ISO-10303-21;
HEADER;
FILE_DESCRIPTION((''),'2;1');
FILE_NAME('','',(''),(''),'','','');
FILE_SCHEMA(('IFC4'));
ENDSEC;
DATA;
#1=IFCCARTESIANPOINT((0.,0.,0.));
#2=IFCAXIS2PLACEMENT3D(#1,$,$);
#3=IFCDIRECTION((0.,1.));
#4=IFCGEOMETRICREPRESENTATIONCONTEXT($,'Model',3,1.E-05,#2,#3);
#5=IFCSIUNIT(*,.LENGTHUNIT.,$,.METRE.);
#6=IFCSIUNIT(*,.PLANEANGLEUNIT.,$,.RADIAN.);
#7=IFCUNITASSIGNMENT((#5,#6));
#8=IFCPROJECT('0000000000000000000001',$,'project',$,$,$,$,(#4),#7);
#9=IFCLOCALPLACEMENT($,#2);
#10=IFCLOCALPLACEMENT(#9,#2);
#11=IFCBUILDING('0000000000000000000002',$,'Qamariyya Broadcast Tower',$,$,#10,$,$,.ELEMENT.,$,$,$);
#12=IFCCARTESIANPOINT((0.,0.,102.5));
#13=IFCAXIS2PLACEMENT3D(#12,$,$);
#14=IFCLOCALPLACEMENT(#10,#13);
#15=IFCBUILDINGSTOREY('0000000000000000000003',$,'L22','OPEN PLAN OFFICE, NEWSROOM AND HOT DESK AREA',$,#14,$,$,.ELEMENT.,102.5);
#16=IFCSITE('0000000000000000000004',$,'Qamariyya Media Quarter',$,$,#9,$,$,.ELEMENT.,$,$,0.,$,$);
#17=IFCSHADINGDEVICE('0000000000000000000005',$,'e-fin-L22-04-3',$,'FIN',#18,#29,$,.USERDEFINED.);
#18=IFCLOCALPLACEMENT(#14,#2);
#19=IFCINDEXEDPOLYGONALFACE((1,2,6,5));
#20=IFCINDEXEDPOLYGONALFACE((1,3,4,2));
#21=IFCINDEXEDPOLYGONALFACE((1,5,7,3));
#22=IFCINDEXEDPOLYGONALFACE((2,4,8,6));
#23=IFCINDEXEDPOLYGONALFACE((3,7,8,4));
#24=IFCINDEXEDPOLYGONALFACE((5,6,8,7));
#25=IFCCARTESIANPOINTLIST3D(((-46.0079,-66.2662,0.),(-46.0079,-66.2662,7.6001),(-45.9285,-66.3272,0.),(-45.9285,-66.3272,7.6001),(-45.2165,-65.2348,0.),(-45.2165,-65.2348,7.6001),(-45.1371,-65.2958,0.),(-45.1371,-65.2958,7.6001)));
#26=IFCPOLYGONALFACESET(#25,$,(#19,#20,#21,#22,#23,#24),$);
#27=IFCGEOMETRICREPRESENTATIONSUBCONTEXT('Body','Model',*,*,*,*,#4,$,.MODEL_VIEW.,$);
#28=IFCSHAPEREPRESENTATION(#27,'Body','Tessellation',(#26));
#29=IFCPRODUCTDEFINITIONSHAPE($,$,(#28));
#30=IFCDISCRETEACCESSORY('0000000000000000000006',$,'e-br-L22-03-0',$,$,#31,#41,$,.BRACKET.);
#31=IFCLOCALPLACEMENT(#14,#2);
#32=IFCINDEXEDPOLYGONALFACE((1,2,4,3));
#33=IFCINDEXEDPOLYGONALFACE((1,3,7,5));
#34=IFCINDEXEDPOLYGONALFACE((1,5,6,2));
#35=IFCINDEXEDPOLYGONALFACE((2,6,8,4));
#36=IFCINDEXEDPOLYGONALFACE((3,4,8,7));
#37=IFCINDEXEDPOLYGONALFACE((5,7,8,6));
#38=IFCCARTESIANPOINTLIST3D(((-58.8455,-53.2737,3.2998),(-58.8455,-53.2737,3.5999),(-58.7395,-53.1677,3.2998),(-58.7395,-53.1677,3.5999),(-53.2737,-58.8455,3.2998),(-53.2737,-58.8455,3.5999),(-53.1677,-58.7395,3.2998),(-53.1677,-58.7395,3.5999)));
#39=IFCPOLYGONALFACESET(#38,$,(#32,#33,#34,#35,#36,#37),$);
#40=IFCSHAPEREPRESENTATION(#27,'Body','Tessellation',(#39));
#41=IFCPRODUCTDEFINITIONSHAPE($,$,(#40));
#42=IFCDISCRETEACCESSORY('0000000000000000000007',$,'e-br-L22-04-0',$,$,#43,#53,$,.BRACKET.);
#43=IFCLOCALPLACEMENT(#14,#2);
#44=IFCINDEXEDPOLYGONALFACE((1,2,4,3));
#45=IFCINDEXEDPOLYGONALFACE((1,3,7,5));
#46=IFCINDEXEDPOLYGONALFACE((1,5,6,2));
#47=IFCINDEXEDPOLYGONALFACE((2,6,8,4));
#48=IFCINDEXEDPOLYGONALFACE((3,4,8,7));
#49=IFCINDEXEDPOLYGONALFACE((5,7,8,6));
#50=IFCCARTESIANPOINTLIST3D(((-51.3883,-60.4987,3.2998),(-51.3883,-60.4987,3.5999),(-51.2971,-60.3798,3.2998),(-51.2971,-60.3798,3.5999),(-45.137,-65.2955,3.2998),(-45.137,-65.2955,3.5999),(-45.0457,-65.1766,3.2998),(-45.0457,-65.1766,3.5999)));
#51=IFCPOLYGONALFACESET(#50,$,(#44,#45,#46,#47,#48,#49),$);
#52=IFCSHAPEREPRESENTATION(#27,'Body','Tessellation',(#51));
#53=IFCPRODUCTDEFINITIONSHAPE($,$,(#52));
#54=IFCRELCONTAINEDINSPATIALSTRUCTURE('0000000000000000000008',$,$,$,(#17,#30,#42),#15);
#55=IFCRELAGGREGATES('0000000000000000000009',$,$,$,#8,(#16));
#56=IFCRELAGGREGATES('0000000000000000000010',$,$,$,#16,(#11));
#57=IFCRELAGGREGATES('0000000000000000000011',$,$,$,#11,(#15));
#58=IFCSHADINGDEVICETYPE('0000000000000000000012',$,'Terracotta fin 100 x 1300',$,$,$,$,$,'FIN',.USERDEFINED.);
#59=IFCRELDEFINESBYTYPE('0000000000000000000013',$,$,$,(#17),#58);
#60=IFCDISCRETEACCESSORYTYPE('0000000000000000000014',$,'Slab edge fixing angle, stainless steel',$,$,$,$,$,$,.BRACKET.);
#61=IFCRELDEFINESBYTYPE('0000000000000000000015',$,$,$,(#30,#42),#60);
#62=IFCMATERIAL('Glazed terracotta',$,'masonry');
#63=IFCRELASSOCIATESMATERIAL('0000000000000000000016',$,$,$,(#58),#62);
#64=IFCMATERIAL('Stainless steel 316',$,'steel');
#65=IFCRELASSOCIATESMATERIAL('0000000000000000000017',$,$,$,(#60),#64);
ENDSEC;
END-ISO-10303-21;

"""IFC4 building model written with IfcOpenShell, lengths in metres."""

from ifc_helpers import new_model, si_unit, direction, frame, origin, origin_2d, place, context, subcontext, project, spatial, rectangle, extrude, material, material_profile, profile_set, type_object, element, save


model = new_model("IFC4")

# Units and contexts
model_context = context("Model", 3, precision=1e-05, world=origin(), true_north=direction((0.0, 1.0)))
body_context = subcontext(model_context, "Body", "Model", "MODEL_VIEW")
ifc_project = project(units=[si_unit("LENGTHUNIT", "METRE"), si_unit("PLANEANGLEUNIT", "RADIAN")], contexts=[model_context])

# Site, building, storey
site_placement = place(None, origin())
site = spatial("IfcSite", under=ifc_project, at=site_placement, Name="Qamariyya Media Quarter", CompositionType="ELEMENT", RefElevation=0.0)
building_placement = place(site_placement, origin())
building = spatial("IfcBuilding", under=site, at=building_placement, Name="Qamariyya Broadcast Tower", CompositionType="ELEMENT")
storey_placement = place(building_placement, frame((0.0, 0.0, 102.5)))
storey = spatial("IfcBuildingStorey", under=building, at=storey_placement, Name="L22", Description="OPEN PLAN OFFICE, NEWSROOM AND HOT DESK AREA", CompositionType="ELEMENT", Elevation=102.5)

# Shading device
ifc_material_1 = material(Name="Glazed terracotta", Category="masonry")
ifc_material_profile_1 = material_profile(ifc_material_1, rectangle(XDim=1.3, YDim=0.1001, at=origin_2d()))
ifc_profile_set_1 = profile_set([ifc_material_profile_1], Name="Glazed terracotta")
shading_device_type_1 = type_object("IfcShadingDeviceType", Name="Terracotta fin 100 x 1300", ElementType="FIN", PredefinedType="USERDEFINED", material=ifc_profile_set_1)
for number, where, z_axis, x_axis, name in (
    (1, (-45.5725, -65.781, 0.0), (0.0, 0.0, 1.0), (-0.608761, -0.793353, 0.0), "e-fin-L22-04-3"),
):
    element("IfcShadingDevice", number, at=place(storey_placement, frame(where, z_axis=z_axis, x_axis=x_axis)), inside=storey, type_object=shading_device_type_1, Name=name, ObjectType="FIN", PredefinedType="USERDEFINED", context=body_context, shape_type="SweptSolid", body=[
        extrude(rectangle(XDim=1.3, YDim=0.1001, at=origin_2d()), origin(), (0.0, 0.0, 1.0), 7.6001),
    ])

# Discrete accessories
ifc_material_2 = material(Name="Stainless steel 316", Category="steel")
discrete_accessory_type = type_object("IfcDiscreteAccessoryType", Name="Slab edge fixing angle, stainless steel", PredefinedType="BRACKET", material=ifc_material_2)
for number, where, z_axis, x_axis, name in (
    (2, (-56.0066, -56.0066, 3.2998), (0.0, 0.0, 1.0), (0.707107, -0.707107, 0.0), "e-br-L22-03-0"),
    (3, (-48.217, -62.8376, 3.2998), (0.0, 0.0, 1.0), (0.793353, -0.608761, 0.0), "e-br-L22-04-0"),
):
    element("IfcDiscreteAccessory", number, at=place(storey_placement, frame(where, z_axis=z_axis, x_axis=x_axis)), inside=storey, type_object=discrete_accessory_type, Name=name, PredefinedType="BRACKET", context=body_context, shape_type="SweptSolid", body=[
        extrude(rectangle(XDim=7.8796, YDim=0.1499, at=origin_2d()), origin(), (0.0, 0.0, 1.0), 0.3),
    ])

save(model, "model.ifc")
